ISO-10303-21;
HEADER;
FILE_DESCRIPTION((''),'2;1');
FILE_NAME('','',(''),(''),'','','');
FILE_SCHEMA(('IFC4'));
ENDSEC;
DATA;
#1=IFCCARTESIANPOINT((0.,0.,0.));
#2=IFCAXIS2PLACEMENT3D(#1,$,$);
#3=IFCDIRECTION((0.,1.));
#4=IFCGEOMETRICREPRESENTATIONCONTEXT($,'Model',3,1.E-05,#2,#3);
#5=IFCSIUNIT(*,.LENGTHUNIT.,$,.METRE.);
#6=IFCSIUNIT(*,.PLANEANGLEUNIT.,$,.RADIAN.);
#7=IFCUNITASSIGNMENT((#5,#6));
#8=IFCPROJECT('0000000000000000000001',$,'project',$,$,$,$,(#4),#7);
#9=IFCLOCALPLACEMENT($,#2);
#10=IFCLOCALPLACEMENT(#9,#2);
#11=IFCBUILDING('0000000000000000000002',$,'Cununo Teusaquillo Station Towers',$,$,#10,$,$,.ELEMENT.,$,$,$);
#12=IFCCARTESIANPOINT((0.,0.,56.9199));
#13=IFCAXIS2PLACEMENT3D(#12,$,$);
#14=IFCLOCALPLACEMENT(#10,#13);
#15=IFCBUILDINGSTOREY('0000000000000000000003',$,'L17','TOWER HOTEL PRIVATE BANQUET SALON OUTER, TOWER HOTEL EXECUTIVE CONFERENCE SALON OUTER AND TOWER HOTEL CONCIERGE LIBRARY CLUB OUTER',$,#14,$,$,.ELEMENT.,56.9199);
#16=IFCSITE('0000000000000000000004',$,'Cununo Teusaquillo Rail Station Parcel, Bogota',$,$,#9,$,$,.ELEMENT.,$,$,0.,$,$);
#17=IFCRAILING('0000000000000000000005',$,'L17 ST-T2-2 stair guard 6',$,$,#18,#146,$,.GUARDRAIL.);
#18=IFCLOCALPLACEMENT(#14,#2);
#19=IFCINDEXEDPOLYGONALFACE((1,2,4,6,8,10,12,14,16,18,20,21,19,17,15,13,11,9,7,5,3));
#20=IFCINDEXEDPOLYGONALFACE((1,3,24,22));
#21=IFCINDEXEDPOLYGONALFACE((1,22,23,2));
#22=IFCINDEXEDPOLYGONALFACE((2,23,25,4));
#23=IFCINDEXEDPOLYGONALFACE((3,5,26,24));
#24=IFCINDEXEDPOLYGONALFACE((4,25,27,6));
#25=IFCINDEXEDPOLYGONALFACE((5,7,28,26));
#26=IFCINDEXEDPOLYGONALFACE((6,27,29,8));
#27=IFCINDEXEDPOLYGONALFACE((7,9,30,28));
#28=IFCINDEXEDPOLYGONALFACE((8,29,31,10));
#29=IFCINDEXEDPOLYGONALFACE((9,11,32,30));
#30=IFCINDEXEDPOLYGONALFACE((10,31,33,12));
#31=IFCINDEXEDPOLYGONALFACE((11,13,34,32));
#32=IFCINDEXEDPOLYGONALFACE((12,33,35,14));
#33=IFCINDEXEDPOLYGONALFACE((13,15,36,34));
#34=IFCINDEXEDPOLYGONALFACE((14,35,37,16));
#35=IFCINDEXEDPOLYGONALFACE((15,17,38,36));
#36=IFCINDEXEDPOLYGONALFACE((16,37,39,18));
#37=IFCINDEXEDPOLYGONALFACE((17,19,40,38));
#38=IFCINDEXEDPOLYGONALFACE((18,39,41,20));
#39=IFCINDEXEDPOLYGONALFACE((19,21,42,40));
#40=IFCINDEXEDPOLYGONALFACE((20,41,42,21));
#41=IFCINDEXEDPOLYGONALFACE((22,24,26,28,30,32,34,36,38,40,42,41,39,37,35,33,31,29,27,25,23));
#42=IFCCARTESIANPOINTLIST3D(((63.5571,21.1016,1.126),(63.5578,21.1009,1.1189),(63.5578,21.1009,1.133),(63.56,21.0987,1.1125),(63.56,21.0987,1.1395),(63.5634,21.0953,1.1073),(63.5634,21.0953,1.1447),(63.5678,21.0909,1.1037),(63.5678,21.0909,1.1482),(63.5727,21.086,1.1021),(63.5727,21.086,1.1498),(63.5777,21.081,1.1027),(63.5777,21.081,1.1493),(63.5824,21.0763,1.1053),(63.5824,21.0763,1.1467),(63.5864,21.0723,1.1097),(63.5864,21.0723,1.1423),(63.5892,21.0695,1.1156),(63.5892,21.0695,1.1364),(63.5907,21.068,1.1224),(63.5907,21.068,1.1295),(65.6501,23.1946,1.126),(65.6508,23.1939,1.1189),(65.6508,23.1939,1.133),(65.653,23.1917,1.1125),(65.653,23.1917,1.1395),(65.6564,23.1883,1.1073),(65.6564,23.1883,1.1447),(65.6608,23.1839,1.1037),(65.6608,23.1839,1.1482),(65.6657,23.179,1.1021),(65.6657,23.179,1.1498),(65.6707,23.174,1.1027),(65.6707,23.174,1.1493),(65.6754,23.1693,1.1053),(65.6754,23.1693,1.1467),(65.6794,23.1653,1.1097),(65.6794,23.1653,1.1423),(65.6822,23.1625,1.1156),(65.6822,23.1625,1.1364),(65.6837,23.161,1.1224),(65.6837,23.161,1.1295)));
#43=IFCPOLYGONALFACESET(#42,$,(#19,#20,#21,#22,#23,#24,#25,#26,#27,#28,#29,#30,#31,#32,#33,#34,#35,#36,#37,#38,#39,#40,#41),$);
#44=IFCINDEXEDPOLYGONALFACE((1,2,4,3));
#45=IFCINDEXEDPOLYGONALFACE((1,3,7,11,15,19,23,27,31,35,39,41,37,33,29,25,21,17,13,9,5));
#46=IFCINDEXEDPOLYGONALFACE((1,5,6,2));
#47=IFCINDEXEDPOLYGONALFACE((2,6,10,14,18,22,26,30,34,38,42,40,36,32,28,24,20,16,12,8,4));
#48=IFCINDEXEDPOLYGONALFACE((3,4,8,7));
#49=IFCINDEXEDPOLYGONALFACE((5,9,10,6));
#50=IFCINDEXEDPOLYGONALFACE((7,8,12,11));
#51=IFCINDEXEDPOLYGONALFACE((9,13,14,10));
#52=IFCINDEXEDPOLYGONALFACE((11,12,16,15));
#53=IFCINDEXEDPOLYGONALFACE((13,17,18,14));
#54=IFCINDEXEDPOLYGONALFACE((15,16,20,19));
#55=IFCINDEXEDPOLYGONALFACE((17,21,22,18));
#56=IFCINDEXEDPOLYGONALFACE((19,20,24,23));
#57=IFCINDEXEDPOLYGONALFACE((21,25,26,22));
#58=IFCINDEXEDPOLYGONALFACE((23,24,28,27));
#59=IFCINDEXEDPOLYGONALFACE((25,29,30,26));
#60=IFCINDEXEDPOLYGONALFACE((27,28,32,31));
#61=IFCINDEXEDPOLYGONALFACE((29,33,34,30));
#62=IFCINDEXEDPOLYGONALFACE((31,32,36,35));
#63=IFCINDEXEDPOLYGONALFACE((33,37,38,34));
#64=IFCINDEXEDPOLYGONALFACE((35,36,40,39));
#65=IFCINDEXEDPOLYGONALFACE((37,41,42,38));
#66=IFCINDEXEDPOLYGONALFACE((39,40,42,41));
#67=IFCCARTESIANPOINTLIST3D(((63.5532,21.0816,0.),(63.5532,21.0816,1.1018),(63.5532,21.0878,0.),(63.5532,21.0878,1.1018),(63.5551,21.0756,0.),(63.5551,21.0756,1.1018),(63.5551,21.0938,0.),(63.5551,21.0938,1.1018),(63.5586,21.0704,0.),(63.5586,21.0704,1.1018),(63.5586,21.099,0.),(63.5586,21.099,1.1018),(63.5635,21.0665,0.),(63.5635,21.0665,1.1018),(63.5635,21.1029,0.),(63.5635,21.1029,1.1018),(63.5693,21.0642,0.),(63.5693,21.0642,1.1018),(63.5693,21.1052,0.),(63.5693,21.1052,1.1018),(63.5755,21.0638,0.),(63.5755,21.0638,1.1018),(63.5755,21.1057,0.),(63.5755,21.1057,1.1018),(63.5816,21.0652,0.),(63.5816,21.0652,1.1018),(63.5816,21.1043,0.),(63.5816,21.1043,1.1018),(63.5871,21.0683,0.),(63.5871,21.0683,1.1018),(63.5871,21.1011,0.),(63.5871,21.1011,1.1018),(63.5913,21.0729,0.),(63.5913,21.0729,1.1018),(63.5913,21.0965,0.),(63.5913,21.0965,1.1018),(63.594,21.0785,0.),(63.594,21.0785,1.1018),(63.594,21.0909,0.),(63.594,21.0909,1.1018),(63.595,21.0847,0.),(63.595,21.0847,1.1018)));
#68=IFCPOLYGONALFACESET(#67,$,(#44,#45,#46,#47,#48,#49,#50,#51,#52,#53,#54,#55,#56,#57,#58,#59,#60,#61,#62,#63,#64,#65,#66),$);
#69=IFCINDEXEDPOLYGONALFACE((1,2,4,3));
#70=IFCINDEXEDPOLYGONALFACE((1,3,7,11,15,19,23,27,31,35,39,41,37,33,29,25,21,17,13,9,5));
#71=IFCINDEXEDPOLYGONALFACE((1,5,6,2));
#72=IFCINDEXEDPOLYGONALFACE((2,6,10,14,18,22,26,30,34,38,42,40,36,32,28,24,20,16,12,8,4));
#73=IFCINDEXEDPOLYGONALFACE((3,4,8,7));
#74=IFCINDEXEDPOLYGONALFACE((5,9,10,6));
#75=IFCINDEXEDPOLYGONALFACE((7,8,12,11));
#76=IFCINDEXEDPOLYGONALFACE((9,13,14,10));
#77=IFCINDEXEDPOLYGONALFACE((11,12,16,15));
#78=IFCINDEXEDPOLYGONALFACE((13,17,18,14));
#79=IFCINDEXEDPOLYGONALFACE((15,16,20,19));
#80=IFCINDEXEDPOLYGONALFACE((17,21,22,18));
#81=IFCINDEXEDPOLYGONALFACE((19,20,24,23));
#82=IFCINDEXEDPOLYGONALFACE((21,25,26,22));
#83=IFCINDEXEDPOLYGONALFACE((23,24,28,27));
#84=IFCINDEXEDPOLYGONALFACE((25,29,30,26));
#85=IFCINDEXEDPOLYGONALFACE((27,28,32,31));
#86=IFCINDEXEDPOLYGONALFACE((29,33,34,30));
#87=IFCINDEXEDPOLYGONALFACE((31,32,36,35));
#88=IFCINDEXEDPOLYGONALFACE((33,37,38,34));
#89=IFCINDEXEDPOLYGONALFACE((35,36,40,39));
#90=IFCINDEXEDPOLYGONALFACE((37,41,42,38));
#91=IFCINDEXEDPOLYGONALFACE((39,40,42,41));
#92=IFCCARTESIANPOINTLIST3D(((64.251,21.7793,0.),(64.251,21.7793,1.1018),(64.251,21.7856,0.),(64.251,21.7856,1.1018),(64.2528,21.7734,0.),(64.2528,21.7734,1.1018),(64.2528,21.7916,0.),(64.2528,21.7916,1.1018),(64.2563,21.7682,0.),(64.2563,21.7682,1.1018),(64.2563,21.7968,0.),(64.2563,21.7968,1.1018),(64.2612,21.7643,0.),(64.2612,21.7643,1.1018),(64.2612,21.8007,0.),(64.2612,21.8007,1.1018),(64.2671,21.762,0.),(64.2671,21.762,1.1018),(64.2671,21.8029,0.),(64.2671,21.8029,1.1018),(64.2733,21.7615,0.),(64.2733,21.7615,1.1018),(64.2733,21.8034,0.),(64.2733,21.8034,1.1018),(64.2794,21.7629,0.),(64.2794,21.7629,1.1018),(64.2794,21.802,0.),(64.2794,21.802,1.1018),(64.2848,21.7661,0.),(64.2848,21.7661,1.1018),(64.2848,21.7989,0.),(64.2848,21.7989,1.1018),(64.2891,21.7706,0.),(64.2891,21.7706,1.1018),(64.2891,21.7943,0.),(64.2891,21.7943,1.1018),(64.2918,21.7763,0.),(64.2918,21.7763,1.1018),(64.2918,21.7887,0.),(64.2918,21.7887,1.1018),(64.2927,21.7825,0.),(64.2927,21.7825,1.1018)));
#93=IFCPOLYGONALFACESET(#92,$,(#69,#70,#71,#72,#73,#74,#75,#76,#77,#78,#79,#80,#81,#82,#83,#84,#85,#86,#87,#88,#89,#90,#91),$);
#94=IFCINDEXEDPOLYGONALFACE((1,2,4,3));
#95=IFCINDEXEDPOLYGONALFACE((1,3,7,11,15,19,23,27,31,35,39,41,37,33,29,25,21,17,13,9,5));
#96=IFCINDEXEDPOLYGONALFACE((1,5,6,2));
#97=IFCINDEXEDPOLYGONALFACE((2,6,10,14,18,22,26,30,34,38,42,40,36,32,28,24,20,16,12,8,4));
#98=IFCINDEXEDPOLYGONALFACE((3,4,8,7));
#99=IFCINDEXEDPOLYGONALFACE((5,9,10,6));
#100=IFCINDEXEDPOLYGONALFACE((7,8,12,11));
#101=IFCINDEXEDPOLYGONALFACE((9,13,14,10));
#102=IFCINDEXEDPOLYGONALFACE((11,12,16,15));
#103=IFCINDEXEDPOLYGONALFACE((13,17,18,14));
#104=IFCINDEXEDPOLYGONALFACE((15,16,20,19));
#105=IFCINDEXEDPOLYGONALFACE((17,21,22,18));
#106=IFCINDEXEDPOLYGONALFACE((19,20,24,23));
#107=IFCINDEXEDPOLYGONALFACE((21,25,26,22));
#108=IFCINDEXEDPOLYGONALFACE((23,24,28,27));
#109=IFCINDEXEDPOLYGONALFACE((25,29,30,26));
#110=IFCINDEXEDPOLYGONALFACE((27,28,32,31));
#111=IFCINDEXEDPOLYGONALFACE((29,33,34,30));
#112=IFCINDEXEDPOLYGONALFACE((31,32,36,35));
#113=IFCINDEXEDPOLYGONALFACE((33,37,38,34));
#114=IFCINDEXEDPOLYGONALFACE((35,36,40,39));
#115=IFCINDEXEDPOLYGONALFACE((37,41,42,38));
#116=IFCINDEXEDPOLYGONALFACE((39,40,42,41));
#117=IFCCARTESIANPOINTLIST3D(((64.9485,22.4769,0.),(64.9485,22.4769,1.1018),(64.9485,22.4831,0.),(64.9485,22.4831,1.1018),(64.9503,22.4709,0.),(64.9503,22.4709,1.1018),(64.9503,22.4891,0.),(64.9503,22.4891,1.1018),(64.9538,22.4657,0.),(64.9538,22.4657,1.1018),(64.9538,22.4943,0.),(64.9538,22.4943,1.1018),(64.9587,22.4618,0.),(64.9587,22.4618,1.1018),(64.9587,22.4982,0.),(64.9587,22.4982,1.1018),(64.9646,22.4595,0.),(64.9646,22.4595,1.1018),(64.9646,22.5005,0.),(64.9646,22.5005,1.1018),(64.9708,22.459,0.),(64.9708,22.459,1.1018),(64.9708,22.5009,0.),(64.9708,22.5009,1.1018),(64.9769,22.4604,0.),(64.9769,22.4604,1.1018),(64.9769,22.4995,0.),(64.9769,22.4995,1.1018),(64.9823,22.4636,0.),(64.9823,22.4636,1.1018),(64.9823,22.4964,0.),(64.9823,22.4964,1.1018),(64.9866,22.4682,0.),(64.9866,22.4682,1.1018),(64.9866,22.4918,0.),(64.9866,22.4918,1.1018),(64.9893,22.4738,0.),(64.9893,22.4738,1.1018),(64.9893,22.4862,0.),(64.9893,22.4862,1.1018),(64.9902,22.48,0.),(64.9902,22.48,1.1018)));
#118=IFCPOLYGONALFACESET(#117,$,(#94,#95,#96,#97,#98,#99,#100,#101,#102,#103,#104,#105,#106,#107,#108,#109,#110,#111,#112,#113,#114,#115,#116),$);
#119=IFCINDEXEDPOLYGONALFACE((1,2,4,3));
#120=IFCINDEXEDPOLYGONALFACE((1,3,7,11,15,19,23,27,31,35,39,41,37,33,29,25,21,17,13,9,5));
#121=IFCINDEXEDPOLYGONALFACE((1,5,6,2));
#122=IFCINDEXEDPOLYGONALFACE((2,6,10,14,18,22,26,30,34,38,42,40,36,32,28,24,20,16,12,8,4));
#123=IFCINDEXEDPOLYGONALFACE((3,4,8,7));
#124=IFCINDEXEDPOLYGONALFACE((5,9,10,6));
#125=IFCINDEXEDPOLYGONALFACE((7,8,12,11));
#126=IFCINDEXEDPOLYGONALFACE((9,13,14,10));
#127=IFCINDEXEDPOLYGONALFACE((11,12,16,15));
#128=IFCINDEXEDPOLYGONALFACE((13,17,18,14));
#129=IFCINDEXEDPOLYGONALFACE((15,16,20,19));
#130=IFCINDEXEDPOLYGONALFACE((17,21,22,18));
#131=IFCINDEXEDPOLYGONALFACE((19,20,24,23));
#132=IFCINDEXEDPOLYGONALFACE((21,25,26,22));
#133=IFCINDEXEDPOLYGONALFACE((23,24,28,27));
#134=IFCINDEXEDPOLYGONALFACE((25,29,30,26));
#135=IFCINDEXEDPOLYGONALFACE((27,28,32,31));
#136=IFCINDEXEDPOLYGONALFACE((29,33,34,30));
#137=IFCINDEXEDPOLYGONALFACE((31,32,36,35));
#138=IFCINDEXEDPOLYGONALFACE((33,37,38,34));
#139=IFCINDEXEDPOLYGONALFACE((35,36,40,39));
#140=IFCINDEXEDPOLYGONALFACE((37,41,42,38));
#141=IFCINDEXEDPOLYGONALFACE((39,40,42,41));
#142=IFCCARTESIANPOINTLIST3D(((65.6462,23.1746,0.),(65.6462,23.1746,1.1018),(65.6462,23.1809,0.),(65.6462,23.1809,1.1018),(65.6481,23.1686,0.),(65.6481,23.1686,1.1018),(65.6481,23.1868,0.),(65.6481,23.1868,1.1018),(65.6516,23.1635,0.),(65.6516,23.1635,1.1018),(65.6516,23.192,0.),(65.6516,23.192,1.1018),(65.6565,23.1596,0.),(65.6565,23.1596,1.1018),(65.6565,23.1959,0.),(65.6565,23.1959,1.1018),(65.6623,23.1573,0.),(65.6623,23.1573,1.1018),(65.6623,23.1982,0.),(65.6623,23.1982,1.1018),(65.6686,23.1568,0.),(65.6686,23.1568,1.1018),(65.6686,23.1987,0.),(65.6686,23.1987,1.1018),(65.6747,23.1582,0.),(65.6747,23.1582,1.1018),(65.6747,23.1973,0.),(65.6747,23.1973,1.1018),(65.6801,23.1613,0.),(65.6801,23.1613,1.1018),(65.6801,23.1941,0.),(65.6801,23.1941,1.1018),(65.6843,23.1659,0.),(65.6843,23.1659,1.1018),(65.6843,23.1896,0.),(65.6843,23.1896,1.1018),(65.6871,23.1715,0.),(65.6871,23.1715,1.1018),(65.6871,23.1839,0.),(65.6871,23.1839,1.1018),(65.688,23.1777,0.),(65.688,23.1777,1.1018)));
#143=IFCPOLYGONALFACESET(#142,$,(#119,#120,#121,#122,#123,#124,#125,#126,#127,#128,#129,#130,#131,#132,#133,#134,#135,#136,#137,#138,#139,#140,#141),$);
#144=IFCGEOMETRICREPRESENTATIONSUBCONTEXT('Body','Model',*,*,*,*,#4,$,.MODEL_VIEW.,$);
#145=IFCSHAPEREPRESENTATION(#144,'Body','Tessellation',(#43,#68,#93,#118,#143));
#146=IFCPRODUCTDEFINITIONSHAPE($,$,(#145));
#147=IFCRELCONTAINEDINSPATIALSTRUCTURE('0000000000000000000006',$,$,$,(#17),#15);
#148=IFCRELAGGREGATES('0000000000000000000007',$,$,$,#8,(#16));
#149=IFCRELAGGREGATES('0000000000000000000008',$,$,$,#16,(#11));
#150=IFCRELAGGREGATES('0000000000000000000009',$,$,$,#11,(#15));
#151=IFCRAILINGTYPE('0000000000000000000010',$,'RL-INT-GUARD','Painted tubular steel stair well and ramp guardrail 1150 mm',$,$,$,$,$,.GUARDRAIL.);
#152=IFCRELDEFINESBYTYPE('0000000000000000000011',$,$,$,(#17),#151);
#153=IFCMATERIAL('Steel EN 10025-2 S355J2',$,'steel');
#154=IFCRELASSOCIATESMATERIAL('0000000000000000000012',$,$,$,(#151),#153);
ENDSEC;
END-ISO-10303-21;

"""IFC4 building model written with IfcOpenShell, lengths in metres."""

from ifc_helpers import new_model, si_unit, direction, frame, origin, origin_2d, place, context, subcontext, project, spatial, circle, extrude, material, type_object, element, save


model = new_model("IFC4")

# Units and contexts
model_context = context("Model", 3, precision=1e-05, world=origin(), true_north=direction((0.0, 1.0)))
body_context = subcontext(model_context, "Body", "Model", "MODEL_VIEW")
ifc_project = project(units=[si_unit("LENGTHUNIT", "METRE"), si_unit("PLANEANGLEUNIT", "RADIAN")], contexts=[model_context])

# Site, building, storey
site_placement = place(None, origin())
site = spatial("IfcSite", under=ifc_project, at=site_placement, Name="Cununo Teusaquillo Rail Station Parcel, Bogota", CompositionType="ELEMENT", RefElevation=0.0)
building_placement = place(site_placement, origin())
building = spatial("IfcBuilding", under=site, at=building_placement, Name="Cununo Teusaquillo Station Towers", CompositionType="ELEMENT")
storey_placement = place(building_placement, frame((0.0, 0.0, 56.9199)))
storey = spatial("IfcBuildingStorey", under=building, at=storey_placement, Name="L17", Description="TOWER HOTEL PRIVATE BANQUET SALON OUTER, TOWER HOTEL EXECUTIVE CONFERENCE SALON OUTER AND TOWER HOTEL CONCIERGE LIBRARY CLUB OUTER", CompositionType="ELEMENT", Elevation=56.9199)

# Railing
ifc_material_1 = material(Name="Steel EN 10025-2 S355J2", Category="steel")
railing_type = type_object("IfcRailingType", Name="RL-INT-GUARD", Description="Painted tubular steel stair well and ramp guardrail 1150 mm", PredefinedType="GUARDRAIL", material=ifc_material_1)
railing_1_placement = place(storey_placement, frame((63.574, 21.0847, 0.0)))
element("IfcRailing", 1, at=railing_1_placement, inside=storey, type_object=railing_type, Name="L17 ST-T2-2 stair guard 6", PredefinedType="GUARDRAIL", context=body_context, shape_type="SweptSolid", body=[
    extrude(circle(Radius=0.0239, at=origin_2d()), frame((0.0, 0.0, 1.126), z_axis=(0.707107, 0.707107, 0.0), x_axis=(-0.707107, 0.707107, 0.0)), (0.0, 0.0, 1.0), 2.96),
    extrude(circle(Radius=0.021, at=origin_2d()), origin(), (0.0, 0.0, 1.0), 1.1018),
    extrude(circle(Radius=0.021, at=origin_2d()), frame((0.6978, 0.6978, 0.0)), (0.0, 0.0, 1.0), 1.1018),
    extrude(circle(Radius=0.021, at=origin_2d()), frame((1.3953, 1.3953, 0.0)), (0.0, 0.0, 1.0), 1.1018),
    extrude(circle(Radius=0.021, at=origin_2d()), frame((2.093, 2.093, 0.0)), (0.0, 0.0, 1.0), 1.1018),
])

save(model, "model.ifc")
